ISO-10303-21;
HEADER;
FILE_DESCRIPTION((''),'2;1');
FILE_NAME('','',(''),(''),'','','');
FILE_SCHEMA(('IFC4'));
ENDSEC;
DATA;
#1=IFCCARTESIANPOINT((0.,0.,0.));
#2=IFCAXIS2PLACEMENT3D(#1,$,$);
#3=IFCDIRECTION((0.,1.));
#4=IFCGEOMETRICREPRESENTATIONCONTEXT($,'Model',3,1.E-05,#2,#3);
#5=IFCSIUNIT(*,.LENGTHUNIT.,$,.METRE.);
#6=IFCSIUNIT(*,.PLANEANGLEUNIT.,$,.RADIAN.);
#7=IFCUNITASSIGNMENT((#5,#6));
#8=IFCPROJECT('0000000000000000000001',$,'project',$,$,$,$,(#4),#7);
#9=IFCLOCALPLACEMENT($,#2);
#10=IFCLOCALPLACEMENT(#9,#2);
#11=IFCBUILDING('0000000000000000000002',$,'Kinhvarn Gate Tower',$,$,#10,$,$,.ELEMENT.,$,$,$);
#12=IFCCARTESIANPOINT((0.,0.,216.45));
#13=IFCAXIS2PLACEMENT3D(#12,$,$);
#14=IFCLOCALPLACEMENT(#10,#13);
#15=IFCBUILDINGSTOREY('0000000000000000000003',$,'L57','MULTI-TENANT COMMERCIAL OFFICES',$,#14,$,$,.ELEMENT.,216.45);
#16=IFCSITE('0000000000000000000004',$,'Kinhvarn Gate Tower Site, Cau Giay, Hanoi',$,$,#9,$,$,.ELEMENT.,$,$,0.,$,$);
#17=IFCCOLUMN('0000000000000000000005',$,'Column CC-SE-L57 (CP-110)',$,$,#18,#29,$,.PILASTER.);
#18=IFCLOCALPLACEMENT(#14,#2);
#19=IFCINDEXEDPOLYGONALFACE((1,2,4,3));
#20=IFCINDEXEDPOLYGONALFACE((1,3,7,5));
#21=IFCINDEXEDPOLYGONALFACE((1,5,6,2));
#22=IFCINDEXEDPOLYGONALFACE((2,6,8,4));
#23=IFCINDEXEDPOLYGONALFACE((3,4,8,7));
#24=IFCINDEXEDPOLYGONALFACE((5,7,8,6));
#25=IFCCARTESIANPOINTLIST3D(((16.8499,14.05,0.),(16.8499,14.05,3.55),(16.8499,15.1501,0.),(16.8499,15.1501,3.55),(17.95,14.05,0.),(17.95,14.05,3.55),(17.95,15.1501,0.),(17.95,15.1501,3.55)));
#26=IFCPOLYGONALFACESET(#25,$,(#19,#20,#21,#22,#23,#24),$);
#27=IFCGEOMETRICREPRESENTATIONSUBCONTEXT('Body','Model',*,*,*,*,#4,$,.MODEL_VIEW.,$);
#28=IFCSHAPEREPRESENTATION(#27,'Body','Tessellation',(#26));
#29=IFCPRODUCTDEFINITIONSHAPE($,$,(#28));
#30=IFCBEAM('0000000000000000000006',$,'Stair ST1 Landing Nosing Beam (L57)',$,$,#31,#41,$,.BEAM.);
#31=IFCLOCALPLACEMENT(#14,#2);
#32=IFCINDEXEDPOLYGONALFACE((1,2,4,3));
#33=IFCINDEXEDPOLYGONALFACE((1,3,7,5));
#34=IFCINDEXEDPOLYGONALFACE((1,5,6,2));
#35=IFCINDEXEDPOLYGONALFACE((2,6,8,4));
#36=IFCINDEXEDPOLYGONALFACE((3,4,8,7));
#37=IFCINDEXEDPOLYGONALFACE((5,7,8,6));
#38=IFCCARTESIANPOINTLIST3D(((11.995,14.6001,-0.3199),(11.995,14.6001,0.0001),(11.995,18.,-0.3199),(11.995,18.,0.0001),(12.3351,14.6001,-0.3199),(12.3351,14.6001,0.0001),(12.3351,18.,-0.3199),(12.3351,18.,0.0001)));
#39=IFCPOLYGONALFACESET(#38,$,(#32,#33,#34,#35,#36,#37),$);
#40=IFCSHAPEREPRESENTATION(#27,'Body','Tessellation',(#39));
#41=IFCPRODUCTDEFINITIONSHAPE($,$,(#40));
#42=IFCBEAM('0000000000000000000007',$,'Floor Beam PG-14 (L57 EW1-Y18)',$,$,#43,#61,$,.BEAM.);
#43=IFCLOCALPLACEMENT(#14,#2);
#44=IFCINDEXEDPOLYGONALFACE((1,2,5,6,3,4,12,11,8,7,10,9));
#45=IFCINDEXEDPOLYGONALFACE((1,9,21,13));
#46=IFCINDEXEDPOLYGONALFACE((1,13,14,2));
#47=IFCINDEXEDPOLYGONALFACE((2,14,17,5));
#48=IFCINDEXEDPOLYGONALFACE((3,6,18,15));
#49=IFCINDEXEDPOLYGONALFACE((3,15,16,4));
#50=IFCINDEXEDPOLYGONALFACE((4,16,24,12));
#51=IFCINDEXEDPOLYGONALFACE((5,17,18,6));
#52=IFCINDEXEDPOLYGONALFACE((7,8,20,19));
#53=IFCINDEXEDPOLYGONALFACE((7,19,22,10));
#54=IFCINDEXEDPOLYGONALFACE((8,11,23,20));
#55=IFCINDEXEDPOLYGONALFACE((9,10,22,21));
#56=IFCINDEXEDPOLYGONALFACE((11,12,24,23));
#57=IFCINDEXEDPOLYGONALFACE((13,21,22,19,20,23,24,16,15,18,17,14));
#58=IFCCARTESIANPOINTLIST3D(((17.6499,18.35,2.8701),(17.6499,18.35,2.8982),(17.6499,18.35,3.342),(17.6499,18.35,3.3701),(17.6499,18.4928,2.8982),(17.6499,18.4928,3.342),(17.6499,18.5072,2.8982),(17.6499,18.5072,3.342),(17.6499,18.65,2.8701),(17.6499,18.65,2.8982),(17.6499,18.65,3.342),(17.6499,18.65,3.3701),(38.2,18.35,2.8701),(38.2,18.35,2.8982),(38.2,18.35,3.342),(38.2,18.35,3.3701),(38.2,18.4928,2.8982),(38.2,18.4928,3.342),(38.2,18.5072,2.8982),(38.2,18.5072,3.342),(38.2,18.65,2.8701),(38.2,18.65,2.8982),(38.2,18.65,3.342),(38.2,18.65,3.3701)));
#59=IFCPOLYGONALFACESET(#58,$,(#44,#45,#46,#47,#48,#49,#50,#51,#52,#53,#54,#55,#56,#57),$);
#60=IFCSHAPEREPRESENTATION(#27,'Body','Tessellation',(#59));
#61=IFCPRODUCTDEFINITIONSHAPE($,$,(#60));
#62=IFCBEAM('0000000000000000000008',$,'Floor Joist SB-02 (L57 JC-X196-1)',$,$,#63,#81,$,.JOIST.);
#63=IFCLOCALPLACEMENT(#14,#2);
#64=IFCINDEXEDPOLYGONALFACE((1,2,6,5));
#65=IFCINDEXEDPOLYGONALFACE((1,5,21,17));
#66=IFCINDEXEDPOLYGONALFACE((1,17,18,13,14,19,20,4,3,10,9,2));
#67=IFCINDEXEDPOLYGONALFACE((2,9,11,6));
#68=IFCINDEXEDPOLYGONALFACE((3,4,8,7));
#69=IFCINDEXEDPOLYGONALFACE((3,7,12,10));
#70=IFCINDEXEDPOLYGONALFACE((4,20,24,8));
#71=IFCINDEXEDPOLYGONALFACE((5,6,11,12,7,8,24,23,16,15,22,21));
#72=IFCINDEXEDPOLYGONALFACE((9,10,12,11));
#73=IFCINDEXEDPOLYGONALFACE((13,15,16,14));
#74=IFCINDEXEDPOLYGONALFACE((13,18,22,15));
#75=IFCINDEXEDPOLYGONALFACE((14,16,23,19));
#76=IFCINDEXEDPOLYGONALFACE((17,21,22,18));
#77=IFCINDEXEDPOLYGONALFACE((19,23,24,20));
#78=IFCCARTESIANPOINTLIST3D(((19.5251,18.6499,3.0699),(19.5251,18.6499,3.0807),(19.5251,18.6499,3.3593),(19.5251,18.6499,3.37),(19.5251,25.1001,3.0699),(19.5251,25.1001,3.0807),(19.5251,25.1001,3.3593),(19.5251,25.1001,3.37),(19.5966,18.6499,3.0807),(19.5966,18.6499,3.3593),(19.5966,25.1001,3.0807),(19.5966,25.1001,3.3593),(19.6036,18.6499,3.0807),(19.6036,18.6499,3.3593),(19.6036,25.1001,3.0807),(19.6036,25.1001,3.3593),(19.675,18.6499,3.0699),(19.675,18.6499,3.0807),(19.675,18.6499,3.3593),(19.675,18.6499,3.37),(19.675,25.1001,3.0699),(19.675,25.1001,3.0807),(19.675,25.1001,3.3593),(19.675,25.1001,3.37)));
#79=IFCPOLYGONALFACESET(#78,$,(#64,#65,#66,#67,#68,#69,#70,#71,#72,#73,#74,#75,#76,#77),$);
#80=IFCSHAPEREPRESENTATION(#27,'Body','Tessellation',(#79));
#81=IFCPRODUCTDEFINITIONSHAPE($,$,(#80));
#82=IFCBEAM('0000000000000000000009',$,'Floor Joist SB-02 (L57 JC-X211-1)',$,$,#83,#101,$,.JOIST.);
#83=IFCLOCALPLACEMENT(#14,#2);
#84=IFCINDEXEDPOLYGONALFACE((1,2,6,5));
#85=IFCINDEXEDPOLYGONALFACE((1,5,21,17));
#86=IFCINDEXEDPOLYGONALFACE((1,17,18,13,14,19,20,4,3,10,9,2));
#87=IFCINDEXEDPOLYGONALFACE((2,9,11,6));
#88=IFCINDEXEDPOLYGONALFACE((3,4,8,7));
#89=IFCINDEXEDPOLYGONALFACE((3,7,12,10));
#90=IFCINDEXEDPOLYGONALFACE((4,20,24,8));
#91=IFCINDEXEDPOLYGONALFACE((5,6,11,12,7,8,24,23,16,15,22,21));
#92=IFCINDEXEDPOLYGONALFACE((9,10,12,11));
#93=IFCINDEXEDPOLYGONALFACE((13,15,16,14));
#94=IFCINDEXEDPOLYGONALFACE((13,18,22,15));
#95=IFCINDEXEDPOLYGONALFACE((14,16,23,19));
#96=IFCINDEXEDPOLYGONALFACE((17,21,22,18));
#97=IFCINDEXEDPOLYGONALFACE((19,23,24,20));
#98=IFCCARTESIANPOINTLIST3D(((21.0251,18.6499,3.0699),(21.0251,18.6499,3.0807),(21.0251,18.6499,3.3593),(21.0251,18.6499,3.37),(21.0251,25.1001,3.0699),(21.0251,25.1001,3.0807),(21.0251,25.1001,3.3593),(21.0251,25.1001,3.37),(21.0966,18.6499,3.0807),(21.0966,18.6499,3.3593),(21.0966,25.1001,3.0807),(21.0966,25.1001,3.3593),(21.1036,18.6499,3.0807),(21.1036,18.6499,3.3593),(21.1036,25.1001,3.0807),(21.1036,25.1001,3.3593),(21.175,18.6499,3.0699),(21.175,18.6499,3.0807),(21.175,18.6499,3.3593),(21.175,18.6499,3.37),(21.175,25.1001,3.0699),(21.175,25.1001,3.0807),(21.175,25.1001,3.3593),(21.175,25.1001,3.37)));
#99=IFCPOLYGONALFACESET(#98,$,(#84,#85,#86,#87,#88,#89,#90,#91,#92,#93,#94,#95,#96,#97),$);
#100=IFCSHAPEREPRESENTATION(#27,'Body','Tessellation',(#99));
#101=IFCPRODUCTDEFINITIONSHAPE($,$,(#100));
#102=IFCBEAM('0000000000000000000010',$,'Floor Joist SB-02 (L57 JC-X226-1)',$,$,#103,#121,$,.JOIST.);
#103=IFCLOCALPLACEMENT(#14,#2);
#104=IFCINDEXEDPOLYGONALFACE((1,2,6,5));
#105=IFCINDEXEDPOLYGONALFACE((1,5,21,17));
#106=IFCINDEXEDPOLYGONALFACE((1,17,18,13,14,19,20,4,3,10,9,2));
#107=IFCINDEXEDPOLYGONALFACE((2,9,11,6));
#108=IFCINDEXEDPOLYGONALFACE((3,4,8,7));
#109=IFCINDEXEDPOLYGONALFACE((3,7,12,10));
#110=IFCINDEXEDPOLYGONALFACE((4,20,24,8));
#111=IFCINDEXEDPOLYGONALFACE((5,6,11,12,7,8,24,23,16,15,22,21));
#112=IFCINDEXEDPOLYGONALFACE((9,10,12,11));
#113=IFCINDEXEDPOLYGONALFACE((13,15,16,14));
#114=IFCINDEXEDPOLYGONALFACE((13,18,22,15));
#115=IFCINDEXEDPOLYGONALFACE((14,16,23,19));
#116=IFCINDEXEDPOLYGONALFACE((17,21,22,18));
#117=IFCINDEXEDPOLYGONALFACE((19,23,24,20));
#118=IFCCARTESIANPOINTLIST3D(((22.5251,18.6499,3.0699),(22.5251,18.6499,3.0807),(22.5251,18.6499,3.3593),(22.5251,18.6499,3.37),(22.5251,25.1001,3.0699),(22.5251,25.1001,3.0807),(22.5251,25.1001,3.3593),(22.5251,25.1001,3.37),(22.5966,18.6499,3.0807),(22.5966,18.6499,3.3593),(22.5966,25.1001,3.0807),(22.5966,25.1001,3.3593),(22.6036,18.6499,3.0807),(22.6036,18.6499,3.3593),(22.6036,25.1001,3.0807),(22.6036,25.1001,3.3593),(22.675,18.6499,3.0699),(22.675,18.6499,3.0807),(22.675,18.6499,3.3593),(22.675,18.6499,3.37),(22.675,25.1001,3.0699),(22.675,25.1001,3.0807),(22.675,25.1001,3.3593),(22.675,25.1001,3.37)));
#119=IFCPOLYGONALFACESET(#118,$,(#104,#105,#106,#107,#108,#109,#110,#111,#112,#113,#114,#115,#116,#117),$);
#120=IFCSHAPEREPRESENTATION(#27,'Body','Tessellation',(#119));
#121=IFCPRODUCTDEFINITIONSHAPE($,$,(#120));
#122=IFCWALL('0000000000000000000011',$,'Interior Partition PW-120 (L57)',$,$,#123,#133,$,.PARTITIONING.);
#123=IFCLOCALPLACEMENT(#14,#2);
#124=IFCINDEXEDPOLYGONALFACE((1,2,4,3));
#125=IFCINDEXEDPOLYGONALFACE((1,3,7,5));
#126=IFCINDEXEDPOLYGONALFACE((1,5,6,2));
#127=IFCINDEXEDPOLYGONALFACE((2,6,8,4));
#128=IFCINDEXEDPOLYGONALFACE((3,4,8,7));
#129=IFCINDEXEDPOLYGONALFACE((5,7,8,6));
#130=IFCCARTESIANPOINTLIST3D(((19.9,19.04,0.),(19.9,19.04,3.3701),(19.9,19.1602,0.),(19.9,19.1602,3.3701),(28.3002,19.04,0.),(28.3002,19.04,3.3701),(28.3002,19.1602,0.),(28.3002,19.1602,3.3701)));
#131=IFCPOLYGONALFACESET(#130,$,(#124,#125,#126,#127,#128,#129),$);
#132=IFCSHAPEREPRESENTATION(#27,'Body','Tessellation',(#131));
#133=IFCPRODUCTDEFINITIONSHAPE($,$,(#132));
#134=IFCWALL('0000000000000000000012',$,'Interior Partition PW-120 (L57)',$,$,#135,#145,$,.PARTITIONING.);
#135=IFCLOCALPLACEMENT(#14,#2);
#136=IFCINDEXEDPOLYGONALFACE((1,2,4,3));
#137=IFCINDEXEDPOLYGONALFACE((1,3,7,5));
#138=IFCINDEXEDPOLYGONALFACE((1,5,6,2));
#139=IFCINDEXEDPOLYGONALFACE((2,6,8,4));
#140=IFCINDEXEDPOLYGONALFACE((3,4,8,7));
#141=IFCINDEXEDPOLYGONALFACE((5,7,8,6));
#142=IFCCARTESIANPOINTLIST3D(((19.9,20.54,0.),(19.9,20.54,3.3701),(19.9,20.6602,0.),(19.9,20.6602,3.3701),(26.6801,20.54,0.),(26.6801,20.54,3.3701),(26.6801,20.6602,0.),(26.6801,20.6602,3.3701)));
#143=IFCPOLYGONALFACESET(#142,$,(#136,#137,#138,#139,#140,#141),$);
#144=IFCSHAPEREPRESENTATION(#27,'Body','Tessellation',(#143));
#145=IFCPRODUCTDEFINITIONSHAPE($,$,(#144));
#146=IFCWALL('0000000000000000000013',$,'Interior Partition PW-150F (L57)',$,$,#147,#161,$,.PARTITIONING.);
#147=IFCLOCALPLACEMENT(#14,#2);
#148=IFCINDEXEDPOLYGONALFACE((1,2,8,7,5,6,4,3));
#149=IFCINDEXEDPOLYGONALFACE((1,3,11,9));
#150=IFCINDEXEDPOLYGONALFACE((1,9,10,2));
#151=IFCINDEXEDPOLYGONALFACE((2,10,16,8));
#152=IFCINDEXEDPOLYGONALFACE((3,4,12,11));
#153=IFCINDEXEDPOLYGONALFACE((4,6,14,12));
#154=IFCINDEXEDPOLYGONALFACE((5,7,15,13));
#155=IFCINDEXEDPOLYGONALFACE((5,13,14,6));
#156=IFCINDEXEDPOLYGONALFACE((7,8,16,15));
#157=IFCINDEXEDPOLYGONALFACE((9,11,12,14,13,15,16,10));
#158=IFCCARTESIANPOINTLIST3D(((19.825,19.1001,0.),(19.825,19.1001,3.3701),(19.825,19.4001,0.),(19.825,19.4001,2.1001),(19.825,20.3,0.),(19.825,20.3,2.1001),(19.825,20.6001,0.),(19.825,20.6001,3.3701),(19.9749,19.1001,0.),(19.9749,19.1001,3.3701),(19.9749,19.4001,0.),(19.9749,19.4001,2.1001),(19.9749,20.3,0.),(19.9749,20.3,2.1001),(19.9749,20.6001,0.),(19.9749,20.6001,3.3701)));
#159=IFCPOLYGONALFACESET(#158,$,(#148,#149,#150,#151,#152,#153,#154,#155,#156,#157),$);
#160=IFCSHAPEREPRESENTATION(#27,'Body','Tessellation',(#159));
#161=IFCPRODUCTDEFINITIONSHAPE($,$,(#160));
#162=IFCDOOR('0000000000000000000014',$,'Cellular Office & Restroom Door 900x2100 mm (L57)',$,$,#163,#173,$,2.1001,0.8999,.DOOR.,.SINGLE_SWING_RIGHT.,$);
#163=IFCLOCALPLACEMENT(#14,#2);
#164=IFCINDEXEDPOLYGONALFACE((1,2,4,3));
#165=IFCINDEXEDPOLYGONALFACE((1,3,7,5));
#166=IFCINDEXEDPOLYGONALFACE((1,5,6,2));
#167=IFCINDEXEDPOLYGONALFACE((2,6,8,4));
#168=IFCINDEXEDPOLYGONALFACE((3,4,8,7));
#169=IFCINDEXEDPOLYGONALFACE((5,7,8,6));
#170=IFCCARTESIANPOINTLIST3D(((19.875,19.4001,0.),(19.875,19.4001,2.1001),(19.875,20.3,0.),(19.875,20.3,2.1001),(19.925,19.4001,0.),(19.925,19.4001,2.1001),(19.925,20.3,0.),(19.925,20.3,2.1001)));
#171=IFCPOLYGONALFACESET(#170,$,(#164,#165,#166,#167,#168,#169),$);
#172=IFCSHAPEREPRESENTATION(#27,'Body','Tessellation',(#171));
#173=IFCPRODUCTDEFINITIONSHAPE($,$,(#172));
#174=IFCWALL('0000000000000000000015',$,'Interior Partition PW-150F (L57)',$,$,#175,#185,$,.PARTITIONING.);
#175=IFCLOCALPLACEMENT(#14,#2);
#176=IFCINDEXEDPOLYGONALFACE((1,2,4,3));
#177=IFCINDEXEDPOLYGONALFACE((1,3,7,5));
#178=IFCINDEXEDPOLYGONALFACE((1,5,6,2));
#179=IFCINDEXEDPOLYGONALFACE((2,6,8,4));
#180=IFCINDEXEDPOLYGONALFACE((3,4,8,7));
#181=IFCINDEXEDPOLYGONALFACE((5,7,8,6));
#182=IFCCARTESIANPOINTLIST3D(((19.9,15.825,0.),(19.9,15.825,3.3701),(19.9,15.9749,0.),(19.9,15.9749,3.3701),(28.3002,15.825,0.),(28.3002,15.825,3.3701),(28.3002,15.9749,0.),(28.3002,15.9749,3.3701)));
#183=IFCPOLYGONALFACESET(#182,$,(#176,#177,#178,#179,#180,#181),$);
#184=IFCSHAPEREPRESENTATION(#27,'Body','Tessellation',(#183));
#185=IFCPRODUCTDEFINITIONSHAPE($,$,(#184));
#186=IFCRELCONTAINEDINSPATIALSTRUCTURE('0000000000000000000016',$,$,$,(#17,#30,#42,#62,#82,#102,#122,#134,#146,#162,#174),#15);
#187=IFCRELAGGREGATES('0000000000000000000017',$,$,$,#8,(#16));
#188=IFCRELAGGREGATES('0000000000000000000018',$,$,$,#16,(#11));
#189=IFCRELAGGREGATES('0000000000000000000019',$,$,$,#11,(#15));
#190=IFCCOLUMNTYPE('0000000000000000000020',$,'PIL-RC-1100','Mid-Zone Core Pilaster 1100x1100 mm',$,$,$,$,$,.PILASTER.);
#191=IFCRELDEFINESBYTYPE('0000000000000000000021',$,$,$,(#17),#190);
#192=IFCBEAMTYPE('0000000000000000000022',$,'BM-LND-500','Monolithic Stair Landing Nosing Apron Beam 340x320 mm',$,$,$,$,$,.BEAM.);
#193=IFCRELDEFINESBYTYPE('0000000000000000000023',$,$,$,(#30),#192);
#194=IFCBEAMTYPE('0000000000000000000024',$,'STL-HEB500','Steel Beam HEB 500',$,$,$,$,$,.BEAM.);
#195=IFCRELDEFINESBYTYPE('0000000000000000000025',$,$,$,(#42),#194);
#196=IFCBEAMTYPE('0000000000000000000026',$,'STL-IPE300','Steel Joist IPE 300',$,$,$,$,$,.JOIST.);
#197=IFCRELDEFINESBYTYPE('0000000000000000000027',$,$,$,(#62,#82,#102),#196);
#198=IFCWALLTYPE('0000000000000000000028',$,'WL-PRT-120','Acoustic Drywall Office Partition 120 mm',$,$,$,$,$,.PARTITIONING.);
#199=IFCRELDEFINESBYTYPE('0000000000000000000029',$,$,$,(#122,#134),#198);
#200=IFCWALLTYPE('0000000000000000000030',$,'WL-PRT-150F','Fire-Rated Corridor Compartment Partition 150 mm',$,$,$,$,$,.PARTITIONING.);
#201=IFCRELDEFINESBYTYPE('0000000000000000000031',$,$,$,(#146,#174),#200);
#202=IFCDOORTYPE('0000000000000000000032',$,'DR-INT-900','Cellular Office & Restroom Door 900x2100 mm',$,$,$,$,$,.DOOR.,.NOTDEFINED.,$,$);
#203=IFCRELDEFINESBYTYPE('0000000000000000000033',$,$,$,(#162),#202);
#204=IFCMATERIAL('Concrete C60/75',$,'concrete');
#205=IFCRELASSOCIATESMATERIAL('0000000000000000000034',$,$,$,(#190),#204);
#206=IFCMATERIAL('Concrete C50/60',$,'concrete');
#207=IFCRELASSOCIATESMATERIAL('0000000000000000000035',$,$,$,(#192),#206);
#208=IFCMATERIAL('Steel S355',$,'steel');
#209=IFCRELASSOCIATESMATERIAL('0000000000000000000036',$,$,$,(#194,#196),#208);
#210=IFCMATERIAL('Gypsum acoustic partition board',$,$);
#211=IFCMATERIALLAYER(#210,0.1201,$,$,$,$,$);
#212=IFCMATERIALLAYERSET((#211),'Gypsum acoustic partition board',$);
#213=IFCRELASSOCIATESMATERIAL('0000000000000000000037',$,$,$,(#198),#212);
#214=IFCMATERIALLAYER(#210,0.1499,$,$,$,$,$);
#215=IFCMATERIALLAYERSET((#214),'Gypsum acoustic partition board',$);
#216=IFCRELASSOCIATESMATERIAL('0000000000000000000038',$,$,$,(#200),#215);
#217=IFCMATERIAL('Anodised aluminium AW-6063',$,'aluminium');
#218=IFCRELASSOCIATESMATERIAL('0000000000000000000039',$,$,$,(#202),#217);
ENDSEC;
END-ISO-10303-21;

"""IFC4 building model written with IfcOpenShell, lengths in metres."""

from ifc_helpers import new_model, si_unit, direction, frame, frame_2d, origin, origin_2d, place, context, subcontext, project, spatial, rectangle, i_section, extrude, material, layer, layer_set, material_profile, profile_set, type_object, element, fill, save


model = new_model("IFC4")

# Units and contexts
model_context = context("Model", 3, precision=1e-05, world=origin(), true_north=direction((0.0, 1.0)))
body_context = subcontext(model_context, "Body", "Model", "MODEL_VIEW")
ifc_project = project(units=[si_unit("LENGTHUNIT", "METRE"), si_unit("PLANEANGLEUNIT", "RADIAN")], contexts=[model_context])

# Site, building, storey
site_placement = place(None, origin())
site = spatial("IfcSite", under=ifc_project, at=site_placement, Name="Kinhvarn Gate Tower Site, Cau Giay, Hanoi", CompositionType="ELEMENT", RefElevation=0.0)
building_placement = place(site_placement, origin())
building = spatial("IfcBuilding", under=site, at=building_placement, Name="Kinhvarn Gate Tower", CompositionType="ELEMENT")
storey_placement = place(building_placement, frame((0.0, 0.0, 216.45)))
storey = spatial("IfcBuildingStorey", under=building, at=storey_placement, Name="L57", Description="MULTI-TENANT COMMERCIAL OFFICES", CompositionType="ELEMENT", Elevation=216.45)

# Column
ifc_material_1 = material(Name="Concrete C60/75", Category="concrete")
ifc_material_profile_1 = material_profile(ifc_material_1, rectangle(XDim=1.1001, YDim=1.1001, at=origin_2d()), Name="RC 1100x1100")
ifc_profile_set_1 = profile_set([ifc_material_profile_1], Name="Concrete C60/75")
column_type = type_object("IfcColumnType", Name="PIL-RC-1100", Description="Mid-Zone Core Pilaster 1100x1100 mm", PredefinedType="PILASTER", material=ifc_profile_set_1)
column_placement = place(storey_placement, frame((17.3999, 14.6001, 0.0), z_axis=(0.0, 0.0, 1.0), x_axis=(1.0, 0.0, 0.0)))
element("IfcColumn", 1, at=column_placement, inside=storey, type_object=column_type, Name="Column CC-SE-L57 (CP-110)", PredefinedType="PILASTER", context=body_context, shape_type="SweptSolid", body=[
    extrude(rectangle(XDim=1.1001, YDim=1.1001, at=origin_2d()), origin(), (0.0, 0.0, 1.0), 3.55),
])

# Beams
ifc_material_2 = material(Name="Concrete C50/60", Category="concrete")
ifc_material_profile_2 = material_profile(ifc_material_2, rectangle(XDim=0.3401, YDim=0.3201, at=origin_2d()), Name="RC 340x320")
ifc_profile_set_2 = profile_set([ifc_material_profile_2], Name="Concrete C50/60")
beam_type_1 = type_object("IfcBeamType", Name="BM-LND-500", Description="Monolithic Stair Landing Nosing Apron Beam 340x320 mm", PredefinedType="BEAM", material=ifc_profile_set_2)
beam_1_placement = place(storey_placement, frame((12.165, 14.6001, -0.1599), z_axis=(0.0, 1.0, 0.0), x_axis=(-1.0, 0.0, 0.0)))
element("IfcBeam", 2, at=beam_1_placement, inside=storey, type_object=beam_type_1, Name="Stair ST1 Landing Nosing Beam (L57)", PredefinedType="BEAM", context=body_context, shape_type="SweptSolid", body=[
    extrude(rectangle(XDim=0.3401, YDim=0.3201, at=origin_2d()), origin(), (0.0, 0.0, 1.0), 3.3999),
])
ifc_material_3 = material(Name="Steel S355", Category="steel")
ifc_material_profile_3 = material_profile(ifc_material_3, i_section(OverallWidth=0.3, OverallDepth=0.5, WebThickness=0.0144, FlangeThickness=0.0281, at=origin_2d()), Name="HEB 500")
ifc_profile_set_3 = profile_set([ifc_material_profile_3], Name="Steel S355")
beam_type_2 = type_object("IfcBeamType", Name="STL-HEB500", Description="Steel Beam HEB 500", PredefinedType="BEAM", material=ifc_profile_set_3)
beam_2_placement = place(storey_placement, frame((17.6499, 18.5, 3.1201), z_axis=(1.0, 0.0, 0.0), x_axis=(0.0, 1.0, 0.0)))
element("IfcBeam", 3, at=beam_2_placement, inside=storey, type_object=beam_type_2, Name="Floor Beam PG-14 (L57 EW1-Y18)", PredefinedType="BEAM", context=body_context, shape_type="SweptSolid", body=[
    extrude(i_section(OverallWidth=0.3, OverallDepth=0.5, WebThickness=0.0144, FlangeThickness=0.0281, at=origin_2d()), origin(), (0.0, 0.0, 1.0), 20.55),
])
ifc_material_profile_4 = material_profile(ifc_material_3, i_section(OverallWidth=0.1499, OverallDepth=0.3, WebThickness=0.0071, FlangeThickness=0.0107, at=origin_2d()), Name="IPE 300")
ifc_profile_set_4 = profile_set([ifc_material_profile_4], Name="Steel S355")
beam_type_3 = type_object("IfcBeamType", Name="STL-IPE300", Description="Steel Joist IPE 300", PredefinedType="JOIST", material=ifc_profile_set_4)
for number, where, z_axis, x_axis, name in (
    (4, (19.6001, 18.6499, 3.22), (0.0, 1.0, 0.0), (-1.0, 0.0, 0.0), "Floor Joist SB-02 (L57 JC-X196-1)"),
    (5, (21.1001, 18.6499, 3.22), (0.0, 1.0, 0.0), (-1.0, 0.0, 0.0), "Floor Joist SB-02 (L57 JC-X211-1)"),
    (6, (22.6001, 18.6499, 3.22), (0.0, 1.0, 0.0), (-1.0, 0.0, 0.0), "Floor Joist SB-02 (L57 JC-X226-1)"),
):
    element("IfcBeam", number, at=place(storey_placement, frame(where, z_axis=z_axis, x_axis=x_axis)), inside=storey, type_object=beam_type_3, Name=name, PredefinedType="JOIST", context=body_context, shape_type="SweptSolid", body=[
        extrude(i_section(OverallWidth=0.1499, OverallDepth=0.3, WebThickness=0.0071, FlangeThickness=0.0107, at=origin_2d()), origin(), (0.0, 0.0, 1.0), 6.4502),
    ])

# Shared definitions
ifc_material_4 = material(Name="Anodised aluminium AW-6063", Category="aluminium")

# Walls
ifc_material_5 = material(Name="Gypsum acoustic partition board")
ifc_layer_1 = layer(ifc_material_5, 0.1201)
ifc_layer_set_1 = layer_set([ifc_layer_1], Name="Gypsum acoustic partition board")
wall_type_1 = type_object("IfcWallType", Name="WL-PRT-120", Description="Acoustic Drywall Office Partition 120 mm", PredefinedType="PARTITIONING", material=ifc_layer_set_1)
wall_1_placement = place(storey_placement, frame((19.8999, 19.1001, 0.0), z_axis=(0.0, 0.0, 1.0), x_axis=(1.0, 0.0, 0.0)))
element("IfcWall", 7, at=wall_1_placement, inside=storey, type_object=wall_type_1, Name="Interior Partition PW-120 (L57)", PredefinedType="PARTITIONING", context=body_context, shape_type="SweptSolid", body=[
    extrude(rectangle(XDim=8.4001, YDim=0.1201, at=frame_2d((4.2002, 0.0))), origin(), (0.0, 0.0, 1.0), 3.3701),
])
wall_2_placement = place(storey_placement, frame((19.8999, 20.6001, 0.0), z_axis=(0.0, 0.0, 1.0), x_axis=(1.0, 0.0, 0.0)))
element("IfcWall", 8, at=wall_2_placement, inside=storey, type_object=wall_type_1, Name="Interior Partition PW-120 (L57)", PredefinedType="PARTITIONING", context=body_context, shape_type="SweptSolid", body=[
    extrude(rectangle(XDim=6.78, YDim=0.1201, at=frame_2d((3.3901, 0.0))), origin(), (0.0, 0.0, 1.0), 3.3701),
])

# Wall, opening, door
ifc_layer_2 = layer(ifc_material_5, 0.1499)
ifc_layer_set_2 = layer_set([ifc_layer_2], Name="Gypsum acoustic partition board")
wall_type_2 = type_object("IfcWallType", Name="WL-PRT-150F", Description="Fire-Rated Corridor Compartment Partition 150 mm", PredefinedType="PARTITIONING", material=ifc_layer_set_2)
wall_3_placement = place(storey_placement, frame((19.8999, 19.1001, 0.0), z_axis=(0.0, 0.0, 1.0), x_axis=(0.0, 1.0, 0.0)))
wall_3 = element("IfcWall", 9, at=wall_3_placement, inside=storey, type_object=wall_type_2, Name="Interior Partition PW-150F (L57)", PredefinedType="PARTITIONING", context=body_context, shape_type="SweptSolid", body=[
    extrude(rectangle(XDim=1.5, YDim=0.1499, at=frame_2d((0.75, 0.0))), origin(), (0.0, 0.0, 1.0), 3.3701),
])
opening_1_placement = place(wall_3_placement, frame((0.3, 0.0, 0.0)))
opening_1 = element("IfcOpeningElement", 10, at=opening_1_placement, cuts=wall_3, PredefinedType="OPENING", context=body_context, shape_type="SweptSolid", body=[
    extrude(rectangle(XDim=0.8999, YDim=2.1001, at=frame_2d((0.45, 1.05))), frame((0.0, 0.085, 0.0), z_axis=(0.0, -1.0, 0.0), x_axis=(1.0, 0.0, 0.0)), (0.0, 0.0, 1.0), 0.1699),
])
door_type_1 = type_object("IfcDoorType", Name="DR-INT-900", Description="Cellular Office & Restroom Door 900x2100 mm", OperationType="NOTDEFINED", PredefinedType="DOOR", material=ifc_material_4)
door_1_placement = place(opening_1_placement, origin())
door_1 = element("IfcDoor", 11, at=door_1_placement, inside=storey, type_object=door_type_1, Name="Cellular Office & Restroom Door 900x2100 mm (L57)", OperationType="SINGLE_SWING_RIGHT", OverallHeight=2.1001, OverallWidth=0.8999, PredefinedType="DOOR", context=body_context, shape_type="SweptSolid", body=[
    extrude(rectangle(XDim=0.8999, YDim=2.1001, at=frame_2d((0.45, 1.05))), frame((0.0, 0.0249, 0.0), z_axis=(0.0, -1.0, 0.0), x_axis=(1.0, 0.0, 0.0)), (0.0, 0.0, 1.0), 0.05),
])
fill(opening_1, door_1)

# Wall
wall_4_placement = place(storey_placement, frame((19.8999, 15.8999, 0.0), z_axis=(0.0, 0.0, 1.0), x_axis=(1.0, 0.0, 0.0)))
element("IfcWall", 12, at=wall_4_placement, inside=storey, type_object=wall_type_2, Name="Interior Partition PW-150F (L57)", PredefinedType="PARTITIONING", context=body_context, shape_type="SweptSolid", body=[
    extrude(rectangle(XDim=8.4001, YDim=0.1499, at=frame_2d((4.2002, 0.0))), origin(), (0.0, 0.0, 1.0), 3.3701),
])

save(model, "model.ifc")
